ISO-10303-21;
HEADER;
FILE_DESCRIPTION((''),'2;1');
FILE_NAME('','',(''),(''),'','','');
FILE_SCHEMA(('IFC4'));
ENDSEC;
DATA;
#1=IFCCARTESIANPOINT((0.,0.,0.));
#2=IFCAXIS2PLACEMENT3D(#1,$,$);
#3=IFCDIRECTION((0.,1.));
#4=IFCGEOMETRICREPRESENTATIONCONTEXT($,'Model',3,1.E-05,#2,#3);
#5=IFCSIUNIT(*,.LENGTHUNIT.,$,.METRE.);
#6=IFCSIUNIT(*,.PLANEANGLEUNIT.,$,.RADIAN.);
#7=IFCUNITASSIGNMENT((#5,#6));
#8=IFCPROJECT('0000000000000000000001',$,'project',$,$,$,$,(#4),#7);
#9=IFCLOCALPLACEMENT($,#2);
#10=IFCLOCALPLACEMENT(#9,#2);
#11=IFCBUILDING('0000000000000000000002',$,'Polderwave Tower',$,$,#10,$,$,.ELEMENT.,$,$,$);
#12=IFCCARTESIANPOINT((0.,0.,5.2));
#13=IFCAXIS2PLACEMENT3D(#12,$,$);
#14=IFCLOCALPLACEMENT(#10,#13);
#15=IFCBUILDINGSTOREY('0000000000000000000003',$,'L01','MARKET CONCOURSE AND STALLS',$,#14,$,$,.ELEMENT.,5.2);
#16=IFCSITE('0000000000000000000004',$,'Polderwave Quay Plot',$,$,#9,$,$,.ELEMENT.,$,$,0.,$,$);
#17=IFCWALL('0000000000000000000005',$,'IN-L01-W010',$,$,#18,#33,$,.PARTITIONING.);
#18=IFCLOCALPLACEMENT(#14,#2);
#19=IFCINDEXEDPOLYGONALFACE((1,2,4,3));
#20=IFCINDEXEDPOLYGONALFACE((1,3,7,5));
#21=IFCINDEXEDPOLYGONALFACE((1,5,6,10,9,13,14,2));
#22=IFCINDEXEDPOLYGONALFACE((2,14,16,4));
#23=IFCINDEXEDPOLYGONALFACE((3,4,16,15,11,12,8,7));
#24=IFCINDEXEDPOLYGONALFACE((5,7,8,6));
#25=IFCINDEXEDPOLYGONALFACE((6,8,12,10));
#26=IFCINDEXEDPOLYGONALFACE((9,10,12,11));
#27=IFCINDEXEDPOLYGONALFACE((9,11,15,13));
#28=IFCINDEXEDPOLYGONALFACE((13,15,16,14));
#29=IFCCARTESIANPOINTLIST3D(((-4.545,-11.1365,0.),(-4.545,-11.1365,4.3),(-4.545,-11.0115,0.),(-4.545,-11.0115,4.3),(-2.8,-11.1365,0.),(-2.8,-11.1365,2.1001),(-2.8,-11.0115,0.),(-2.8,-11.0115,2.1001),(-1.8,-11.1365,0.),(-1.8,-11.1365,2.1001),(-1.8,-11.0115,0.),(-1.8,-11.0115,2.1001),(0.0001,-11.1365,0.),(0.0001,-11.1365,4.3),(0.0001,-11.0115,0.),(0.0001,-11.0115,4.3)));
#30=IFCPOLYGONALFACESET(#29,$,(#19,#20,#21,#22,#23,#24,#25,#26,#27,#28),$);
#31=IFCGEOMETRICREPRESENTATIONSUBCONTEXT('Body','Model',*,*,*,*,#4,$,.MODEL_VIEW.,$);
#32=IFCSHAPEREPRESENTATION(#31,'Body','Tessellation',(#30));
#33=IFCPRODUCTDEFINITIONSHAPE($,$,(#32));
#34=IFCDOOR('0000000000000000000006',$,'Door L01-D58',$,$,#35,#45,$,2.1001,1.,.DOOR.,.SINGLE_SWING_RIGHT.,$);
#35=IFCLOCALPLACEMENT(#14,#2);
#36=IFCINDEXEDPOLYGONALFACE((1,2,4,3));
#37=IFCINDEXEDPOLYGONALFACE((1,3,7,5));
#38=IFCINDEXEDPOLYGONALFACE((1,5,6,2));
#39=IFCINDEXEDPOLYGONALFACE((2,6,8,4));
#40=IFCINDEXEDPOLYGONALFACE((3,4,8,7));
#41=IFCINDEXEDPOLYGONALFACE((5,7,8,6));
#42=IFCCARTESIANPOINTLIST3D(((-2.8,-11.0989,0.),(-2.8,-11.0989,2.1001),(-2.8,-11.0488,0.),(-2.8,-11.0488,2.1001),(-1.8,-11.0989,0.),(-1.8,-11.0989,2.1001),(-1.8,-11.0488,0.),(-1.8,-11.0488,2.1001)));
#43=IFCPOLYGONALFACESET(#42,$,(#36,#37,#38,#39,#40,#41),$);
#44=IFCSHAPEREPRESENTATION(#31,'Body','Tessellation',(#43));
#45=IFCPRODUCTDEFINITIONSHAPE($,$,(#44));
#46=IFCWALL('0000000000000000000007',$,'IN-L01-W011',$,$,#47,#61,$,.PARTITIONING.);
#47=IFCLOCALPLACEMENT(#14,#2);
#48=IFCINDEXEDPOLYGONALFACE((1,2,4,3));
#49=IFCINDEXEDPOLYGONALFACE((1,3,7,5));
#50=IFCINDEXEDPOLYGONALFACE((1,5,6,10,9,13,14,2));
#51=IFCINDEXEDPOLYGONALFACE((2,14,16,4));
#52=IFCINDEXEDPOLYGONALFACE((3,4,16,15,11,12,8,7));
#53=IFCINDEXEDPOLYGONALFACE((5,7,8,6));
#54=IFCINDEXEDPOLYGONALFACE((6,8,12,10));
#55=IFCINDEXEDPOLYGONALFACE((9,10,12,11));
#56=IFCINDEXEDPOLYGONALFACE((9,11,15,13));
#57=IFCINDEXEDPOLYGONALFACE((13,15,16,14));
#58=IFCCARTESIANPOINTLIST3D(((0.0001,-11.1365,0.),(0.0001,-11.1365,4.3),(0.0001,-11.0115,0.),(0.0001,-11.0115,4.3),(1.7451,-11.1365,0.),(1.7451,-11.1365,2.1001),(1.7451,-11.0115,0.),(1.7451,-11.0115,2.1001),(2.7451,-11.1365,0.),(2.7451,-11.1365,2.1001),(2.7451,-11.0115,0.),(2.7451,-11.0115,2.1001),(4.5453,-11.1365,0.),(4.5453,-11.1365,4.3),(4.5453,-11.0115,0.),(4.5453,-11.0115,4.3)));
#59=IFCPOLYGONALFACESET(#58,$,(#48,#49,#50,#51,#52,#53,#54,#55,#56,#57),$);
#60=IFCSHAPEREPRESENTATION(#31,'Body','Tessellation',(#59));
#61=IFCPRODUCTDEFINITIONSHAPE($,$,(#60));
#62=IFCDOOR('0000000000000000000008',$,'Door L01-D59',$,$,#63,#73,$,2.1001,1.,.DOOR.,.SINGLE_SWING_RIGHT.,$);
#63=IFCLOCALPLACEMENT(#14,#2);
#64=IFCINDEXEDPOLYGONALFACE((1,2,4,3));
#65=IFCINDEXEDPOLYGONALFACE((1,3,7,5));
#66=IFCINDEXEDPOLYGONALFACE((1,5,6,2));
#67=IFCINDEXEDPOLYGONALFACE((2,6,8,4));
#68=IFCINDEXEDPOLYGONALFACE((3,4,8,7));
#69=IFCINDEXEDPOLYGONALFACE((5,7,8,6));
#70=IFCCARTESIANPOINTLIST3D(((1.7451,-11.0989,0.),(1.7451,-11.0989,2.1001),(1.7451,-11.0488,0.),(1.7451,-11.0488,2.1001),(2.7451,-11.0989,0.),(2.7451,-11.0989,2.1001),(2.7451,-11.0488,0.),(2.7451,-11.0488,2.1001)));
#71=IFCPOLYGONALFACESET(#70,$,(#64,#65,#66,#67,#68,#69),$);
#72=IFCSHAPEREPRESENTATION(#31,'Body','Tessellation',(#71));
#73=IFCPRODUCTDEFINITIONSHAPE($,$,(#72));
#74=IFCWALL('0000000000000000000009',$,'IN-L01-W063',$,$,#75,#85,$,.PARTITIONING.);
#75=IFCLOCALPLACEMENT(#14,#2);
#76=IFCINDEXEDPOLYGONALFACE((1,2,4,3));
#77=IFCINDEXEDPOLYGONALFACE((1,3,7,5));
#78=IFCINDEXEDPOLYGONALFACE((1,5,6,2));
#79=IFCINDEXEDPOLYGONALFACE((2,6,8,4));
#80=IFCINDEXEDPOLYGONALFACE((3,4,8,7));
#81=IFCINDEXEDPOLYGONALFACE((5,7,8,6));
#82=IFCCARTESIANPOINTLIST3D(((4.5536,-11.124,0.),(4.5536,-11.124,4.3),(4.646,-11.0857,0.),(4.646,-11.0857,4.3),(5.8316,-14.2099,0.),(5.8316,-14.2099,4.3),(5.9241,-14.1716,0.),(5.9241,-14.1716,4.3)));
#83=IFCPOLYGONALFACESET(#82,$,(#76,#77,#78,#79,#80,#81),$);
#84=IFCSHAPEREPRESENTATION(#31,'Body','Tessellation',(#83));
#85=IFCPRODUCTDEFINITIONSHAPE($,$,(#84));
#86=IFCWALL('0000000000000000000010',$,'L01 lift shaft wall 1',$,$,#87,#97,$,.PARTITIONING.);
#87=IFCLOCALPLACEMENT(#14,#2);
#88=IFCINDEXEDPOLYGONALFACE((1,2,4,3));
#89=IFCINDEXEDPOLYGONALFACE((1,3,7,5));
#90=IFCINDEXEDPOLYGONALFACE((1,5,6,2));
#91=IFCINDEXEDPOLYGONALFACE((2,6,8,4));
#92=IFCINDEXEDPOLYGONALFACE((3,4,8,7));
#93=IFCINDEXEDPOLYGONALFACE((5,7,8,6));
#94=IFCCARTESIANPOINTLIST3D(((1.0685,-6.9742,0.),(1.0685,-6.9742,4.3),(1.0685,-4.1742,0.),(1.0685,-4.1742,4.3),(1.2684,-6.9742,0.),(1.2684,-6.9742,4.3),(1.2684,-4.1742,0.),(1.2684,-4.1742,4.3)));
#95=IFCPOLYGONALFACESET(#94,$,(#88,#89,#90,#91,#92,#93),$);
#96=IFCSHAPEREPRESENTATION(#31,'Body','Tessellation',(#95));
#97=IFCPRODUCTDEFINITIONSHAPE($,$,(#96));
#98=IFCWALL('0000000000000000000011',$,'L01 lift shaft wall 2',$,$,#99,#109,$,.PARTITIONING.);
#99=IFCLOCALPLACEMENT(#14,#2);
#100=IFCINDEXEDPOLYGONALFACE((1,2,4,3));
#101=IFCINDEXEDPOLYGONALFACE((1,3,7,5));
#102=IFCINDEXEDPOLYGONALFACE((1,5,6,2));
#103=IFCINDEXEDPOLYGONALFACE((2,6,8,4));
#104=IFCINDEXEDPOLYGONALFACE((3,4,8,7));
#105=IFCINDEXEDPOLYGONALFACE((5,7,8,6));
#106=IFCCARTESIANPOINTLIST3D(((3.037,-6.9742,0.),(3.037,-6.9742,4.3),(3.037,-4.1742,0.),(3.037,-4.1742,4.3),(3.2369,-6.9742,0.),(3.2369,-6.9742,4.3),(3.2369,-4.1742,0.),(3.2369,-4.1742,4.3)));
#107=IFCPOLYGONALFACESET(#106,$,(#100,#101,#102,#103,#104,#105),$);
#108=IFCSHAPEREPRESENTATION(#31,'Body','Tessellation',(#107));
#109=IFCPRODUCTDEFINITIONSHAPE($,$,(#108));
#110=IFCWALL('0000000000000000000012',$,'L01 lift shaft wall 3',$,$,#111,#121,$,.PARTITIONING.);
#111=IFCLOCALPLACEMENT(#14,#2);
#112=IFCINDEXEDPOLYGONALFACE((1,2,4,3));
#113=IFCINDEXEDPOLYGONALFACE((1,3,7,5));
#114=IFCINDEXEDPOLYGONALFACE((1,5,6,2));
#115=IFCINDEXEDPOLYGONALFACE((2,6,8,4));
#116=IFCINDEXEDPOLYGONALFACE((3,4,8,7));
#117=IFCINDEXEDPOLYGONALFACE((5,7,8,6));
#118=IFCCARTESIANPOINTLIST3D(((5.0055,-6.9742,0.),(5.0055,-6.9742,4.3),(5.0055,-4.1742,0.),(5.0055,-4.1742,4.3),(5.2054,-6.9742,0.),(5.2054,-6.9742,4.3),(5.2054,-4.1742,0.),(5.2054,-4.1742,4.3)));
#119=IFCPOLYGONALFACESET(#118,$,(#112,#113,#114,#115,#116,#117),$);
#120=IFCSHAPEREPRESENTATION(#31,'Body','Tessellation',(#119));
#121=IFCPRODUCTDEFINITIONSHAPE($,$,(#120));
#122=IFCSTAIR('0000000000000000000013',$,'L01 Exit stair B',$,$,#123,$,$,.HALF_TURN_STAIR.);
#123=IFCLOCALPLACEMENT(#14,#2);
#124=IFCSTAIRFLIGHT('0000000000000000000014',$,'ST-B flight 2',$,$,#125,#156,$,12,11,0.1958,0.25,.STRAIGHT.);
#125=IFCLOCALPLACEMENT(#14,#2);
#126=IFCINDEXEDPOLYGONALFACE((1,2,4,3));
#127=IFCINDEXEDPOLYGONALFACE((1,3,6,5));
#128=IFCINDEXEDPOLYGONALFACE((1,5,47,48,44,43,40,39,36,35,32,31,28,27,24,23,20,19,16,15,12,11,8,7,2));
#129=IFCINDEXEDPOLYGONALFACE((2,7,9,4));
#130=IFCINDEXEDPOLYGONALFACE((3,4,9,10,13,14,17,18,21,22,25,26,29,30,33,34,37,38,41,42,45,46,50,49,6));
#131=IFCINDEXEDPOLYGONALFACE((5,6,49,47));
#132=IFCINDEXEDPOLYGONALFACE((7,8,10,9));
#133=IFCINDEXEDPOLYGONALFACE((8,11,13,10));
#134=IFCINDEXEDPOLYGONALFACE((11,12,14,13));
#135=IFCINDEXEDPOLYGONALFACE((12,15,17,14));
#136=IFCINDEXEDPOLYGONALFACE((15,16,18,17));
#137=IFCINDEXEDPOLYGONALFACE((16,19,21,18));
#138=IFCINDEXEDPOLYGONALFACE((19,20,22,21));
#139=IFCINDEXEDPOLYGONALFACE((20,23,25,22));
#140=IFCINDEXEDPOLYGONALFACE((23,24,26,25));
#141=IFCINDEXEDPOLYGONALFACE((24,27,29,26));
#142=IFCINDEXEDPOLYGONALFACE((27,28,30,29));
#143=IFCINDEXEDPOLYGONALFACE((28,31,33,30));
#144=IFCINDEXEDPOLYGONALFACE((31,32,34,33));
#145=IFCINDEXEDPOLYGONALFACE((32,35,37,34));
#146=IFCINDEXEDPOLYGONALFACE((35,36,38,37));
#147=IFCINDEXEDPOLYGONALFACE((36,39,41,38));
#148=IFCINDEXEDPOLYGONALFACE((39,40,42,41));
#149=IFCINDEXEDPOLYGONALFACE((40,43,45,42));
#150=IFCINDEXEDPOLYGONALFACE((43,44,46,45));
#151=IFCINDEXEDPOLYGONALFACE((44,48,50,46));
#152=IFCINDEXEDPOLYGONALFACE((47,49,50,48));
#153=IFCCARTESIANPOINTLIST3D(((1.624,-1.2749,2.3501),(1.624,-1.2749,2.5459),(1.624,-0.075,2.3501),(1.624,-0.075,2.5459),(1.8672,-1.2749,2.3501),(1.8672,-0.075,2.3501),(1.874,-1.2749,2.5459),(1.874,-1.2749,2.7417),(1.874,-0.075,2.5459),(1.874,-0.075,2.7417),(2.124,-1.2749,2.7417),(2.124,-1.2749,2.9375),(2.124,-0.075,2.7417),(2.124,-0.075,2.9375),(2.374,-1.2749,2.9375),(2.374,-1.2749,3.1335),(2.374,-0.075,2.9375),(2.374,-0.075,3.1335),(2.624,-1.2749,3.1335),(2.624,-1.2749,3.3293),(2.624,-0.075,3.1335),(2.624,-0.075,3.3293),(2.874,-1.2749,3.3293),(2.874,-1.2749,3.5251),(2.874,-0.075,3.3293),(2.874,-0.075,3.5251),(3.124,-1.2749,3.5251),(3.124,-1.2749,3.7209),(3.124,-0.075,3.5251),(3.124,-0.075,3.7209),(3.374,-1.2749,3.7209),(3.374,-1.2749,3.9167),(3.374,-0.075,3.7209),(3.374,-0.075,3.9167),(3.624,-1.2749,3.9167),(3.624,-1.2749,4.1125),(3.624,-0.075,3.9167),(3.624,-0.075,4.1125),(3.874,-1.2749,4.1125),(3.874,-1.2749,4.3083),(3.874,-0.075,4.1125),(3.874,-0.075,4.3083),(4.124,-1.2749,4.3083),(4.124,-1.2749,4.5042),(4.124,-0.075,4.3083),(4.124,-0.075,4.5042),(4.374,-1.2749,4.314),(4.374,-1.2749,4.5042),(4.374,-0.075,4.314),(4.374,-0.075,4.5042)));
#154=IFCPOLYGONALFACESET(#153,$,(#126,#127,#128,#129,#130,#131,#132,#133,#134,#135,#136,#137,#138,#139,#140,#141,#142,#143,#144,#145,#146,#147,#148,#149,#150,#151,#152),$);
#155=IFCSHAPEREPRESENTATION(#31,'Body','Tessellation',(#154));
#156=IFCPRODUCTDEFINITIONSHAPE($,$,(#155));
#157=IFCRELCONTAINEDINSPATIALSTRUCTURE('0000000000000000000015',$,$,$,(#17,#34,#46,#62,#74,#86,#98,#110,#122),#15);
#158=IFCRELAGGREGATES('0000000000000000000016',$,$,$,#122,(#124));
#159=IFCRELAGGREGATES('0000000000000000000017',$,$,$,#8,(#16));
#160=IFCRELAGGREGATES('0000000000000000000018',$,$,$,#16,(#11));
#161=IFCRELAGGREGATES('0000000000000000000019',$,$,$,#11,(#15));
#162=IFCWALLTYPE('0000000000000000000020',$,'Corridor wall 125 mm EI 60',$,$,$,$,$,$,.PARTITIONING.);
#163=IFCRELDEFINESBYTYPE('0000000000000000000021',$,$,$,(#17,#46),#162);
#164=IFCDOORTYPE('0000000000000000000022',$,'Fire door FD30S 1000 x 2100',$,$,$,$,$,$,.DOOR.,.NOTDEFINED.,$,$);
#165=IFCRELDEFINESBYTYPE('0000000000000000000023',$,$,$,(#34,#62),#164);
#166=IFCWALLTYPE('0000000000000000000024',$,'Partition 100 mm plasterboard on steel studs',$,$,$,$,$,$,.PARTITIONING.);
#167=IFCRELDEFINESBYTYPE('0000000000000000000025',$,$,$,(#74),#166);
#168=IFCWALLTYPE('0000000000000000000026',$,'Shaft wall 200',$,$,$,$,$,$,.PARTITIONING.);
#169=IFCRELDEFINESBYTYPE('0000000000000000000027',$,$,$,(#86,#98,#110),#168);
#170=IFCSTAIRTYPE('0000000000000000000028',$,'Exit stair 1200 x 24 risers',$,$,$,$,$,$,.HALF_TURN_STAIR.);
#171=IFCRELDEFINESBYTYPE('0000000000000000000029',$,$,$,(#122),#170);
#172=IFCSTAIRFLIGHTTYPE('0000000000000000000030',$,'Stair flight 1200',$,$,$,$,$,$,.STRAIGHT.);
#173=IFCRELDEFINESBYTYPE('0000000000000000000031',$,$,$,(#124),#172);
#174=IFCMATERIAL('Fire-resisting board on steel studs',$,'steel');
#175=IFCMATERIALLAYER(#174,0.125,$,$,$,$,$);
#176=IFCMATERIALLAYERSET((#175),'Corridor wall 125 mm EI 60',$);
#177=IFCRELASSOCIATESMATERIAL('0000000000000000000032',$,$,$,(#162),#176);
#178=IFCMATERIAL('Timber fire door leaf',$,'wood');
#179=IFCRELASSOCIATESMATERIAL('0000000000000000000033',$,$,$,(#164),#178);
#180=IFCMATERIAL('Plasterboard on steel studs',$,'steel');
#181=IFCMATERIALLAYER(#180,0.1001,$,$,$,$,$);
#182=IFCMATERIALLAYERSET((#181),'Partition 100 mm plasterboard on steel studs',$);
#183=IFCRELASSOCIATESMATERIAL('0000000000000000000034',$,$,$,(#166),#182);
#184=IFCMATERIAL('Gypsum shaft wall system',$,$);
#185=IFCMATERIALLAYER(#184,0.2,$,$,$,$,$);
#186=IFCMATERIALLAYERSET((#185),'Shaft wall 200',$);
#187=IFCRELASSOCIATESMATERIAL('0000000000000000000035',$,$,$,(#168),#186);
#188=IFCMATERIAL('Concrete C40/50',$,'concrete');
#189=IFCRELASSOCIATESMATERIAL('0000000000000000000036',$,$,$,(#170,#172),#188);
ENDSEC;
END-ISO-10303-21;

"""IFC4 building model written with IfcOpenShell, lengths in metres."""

from ifc_helpers import new_model, si_unit, direction, frame, frame_2d, origin, place, context, subcontext, project, spatial, polyline, rectangle, outline, extrude, material, layer, layer_set, type_object, element, fill, aggregate, save


model = new_model("IFC4")

# Units and contexts
model_context = context("Model", 3, precision=1e-05, world=origin(), true_north=direction((0.0, 1.0)))
body_context = subcontext(model_context, "Body", "Model", "MODEL_VIEW")
ifc_project = project(units=[si_unit("LENGTHUNIT", "METRE"), si_unit("PLANEANGLEUNIT", "RADIAN")], contexts=[model_context])

# Site, building, storey
site_placement = place(None, origin())
site = spatial("IfcSite", under=ifc_project, at=site_placement, Name="Polderwave Quay Plot", CompositionType="ELEMENT", RefElevation=0.0)
building_placement = place(site_placement, origin())
building = spatial("IfcBuilding", under=site, at=building_placement, Name="Polderwave Tower", CompositionType="ELEMENT")
storey_placement = place(building_placement, frame((0.0, 0.0, 5.2)))
storey = spatial("IfcBuildingStorey", under=building, at=storey_placement, Name="L01", Description="MARKET CONCOURSE AND STALLS", CompositionType="ELEMENT", Elevation=5.2)

# Walls, openings, doors
ifc_material_1 = material(Name="Fire-resisting board on steel studs", Category="steel")
ifc_layer_1 = layer(ifc_material_1, 0.125)
ifc_layer_set_1 = layer_set([ifc_layer_1], Name="Corridor wall 125 mm EI 60")
wall_type_1 = type_object("IfcWallType", Name="Corridor wall 125 mm EI 60", PredefinedType="PARTITIONING", material=ifc_layer_set_1)
wall_1_placement = place(storey_placement, frame((0.0, -11.074, 0.0), z_axis=(0.0, 0.0, 1.0), x_axis=(-1.0, 0.0, 0.0)))
wall_1 = element("IfcWall", 1, at=wall_1_placement, inside=storey, type_object=wall_type_1, Name="IN-L01-W010", PredefinedType="PARTITIONING", context=body_context, shape_type="SweptSolid", body=[
    extrude(rectangle(XDim=4.5452, YDim=0.125, at=frame_2d((2.2725, 0.0))), origin(), (0.0, 0.0, 1.0), 4.3),
])
opening_1_placement = place(wall_1_placement, frame((1.8, 0.0, 0.0)))
opening_1 = element("IfcOpeningElement", 2, at=opening_1_placement, cuts=wall_1, PredefinedType="OPENING", context=body_context, shape_type="SweptSolid", body=[
    extrude(rectangle(XDim=1.0, YDim=2.1001, at=frame_2d((0.5, 1.05))), frame((0.0, 0.0725, 0.0), z_axis=(0.0, -1.0, 0.0), x_axis=(1.0, 0.0, 0.0)), (0.0, 0.0, 1.0), 0.145),
])
ifc_material_2 = material(Name="Timber fire door leaf", Category="wood")
door_type_1 = type_object("IfcDoorType", Name="Fire door FD30S 1000 x 2100", OperationType="NOTDEFINED", PredefinedType="DOOR", material=ifc_material_2)
door_1_placement = place(opening_1_placement, origin())
door_1 = element("IfcDoor", 3, at=door_1_placement, inside=storey, type_object=door_type_1, Name="Door L01-D58", OperationType="SINGLE_SWING_RIGHT", OverallHeight=2.1001, OverallWidth=1.0, PredefinedType="DOOR", context=body_context, shape_type="SweptSolid", body=[
    extrude(rectangle(XDim=1.0, YDim=2.1001, at=frame_2d((0.5, 1.05))), frame((0.0, 0.0249, 0.0), z_axis=(0.0, -1.0, 0.0), x_axis=(1.0, 0.0, 0.0)), (0.0, 0.0, 1.0), 0.05),
])
fill(opening_1, door_1)
wall_2_placement = place(storey_placement, frame((4.5452, -11.074, 0.0), z_axis=(0.0, 0.0, 1.0), x_axis=(-1.0, 0.0, 0.0)))
wall_2 = element("IfcWall", 4, at=wall_2_placement, inside=storey, type_object=wall_type_1, Name="IN-L01-W011", PredefinedType="PARTITIONING", context=body_context, shape_type="SweptSolid", body=[
    extrude(rectangle(XDim=4.5452, YDim=0.125, at=frame_2d((2.2725, 0.0))), origin(), (0.0, 0.0, 1.0), 4.3),
])
opening_2_placement = place(wall_2_placement, frame((1.8, 0.0, 0.0)))
opening_2 = element("IfcOpeningElement", 5, at=opening_2_placement, cuts=wall_2, PredefinedType="OPENING", context=body_context, shape_type="SweptSolid", body=[
    extrude(rectangle(XDim=1.0, YDim=2.1001, at=frame_2d((0.5, 1.05))), frame((0.0, 0.0725, 0.0), z_axis=(0.0, -1.0, 0.0), x_axis=(1.0, 0.0, 0.0)), (0.0, 0.0, 1.0), 0.145),
])
door_2_placement = place(opening_2_placement, origin())
door_2 = element("IfcDoor", 6, at=door_2_placement, inside=storey, type_object=door_type_1, Name="Door L01-D59", OperationType="SINGLE_SWING_RIGHT", OverallHeight=2.1001, OverallWidth=1.0, PredefinedType="DOOR", context=body_context, shape_type="SweptSolid", body=[
    extrude(rectangle(XDim=1.0, YDim=2.1001, at=frame_2d((0.5, 1.05))), frame((0.0, 0.0249, 0.0), z_axis=(0.0, -1.0, 0.0), x_axis=(1.0, 0.0, 0.0)), (0.0, 0.0, 1.0), 0.05),
])
fill(opening_2, door_2)

# Walls
ifc_material_3 = material(Name="Plasterboard on steel studs", Category="steel")
ifc_layer_2 = layer(ifc_material_3, 0.1001)
ifc_layer_set_2 = layer_set([ifc_layer_2], Name="Partition 100 mm plasterboard on steel studs")
wall_type_2 = type_object("IfcWallType", Name="Partition 100 mm plasterboard on steel studs", PredefinedType="PARTITIONING", material=ifc_layer_set_2)
wall_3_placement = place(storey_placement, frame((4.5999, -11.105, 0.0), z_axis=(0.0, 0.0, 1.0), x_axis=(0.382642, -0.923897, 0.0)))
element("IfcWall", 7, at=wall_3_placement, inside=storey, type_object=wall_type_2, Name="IN-L01-W063", PredefinedType="PARTITIONING", context=body_context, shape_type="SweptSolid", body=[
    extrude(rectangle(XDim=3.3401, YDim=0.1001, at=frame_2d((1.6699, 0.0))), origin(), (0.0, 0.0, 1.0), 4.3),
])
ifc_material_4 = material(Name="Gypsum shaft wall system")
ifc_layer_3 = layer(ifc_material_4, 0.2)
ifc_layer_set_3 = layer_set([ifc_layer_3], Name="Shaft wall 200")
wall_type_3 = type_object("IfcWallType", Name="Shaft wall 200", PredefinedType="PARTITIONING", material=ifc_layer_set_3)
for number, where, z_axis, x_axis, name in (
    (8, (1.1685, -6.9741, 0.0), (0.0, 0.0, 1.0), (0.0, 1.0, 0.0), "L01 lift shaft wall 1"),
    (9, (3.137, -6.9741, 0.0), (0.0, 0.0, 1.0), (0.0, 1.0, 0.0), "L01 lift shaft wall 2"),
    (10, (5.1055, -6.9741, 0.0), (0.0, 0.0, 1.0), (0.0, 1.0, 0.0), "L01 lift shaft wall 3"),
):
    element("IfcWall", number, at=place(storey_placement, frame(where, z_axis=z_axis, x_axis=x_axis)), inside=storey, type_object=wall_type_3, Name=name, PredefinedType="PARTITIONING", context=body_context, shape_type="SweptSolid", body=[
        extrude(rectangle(XDim=2.8, YDim=0.2, at=frame_2d((1.3999, 0.0))), origin(), (0.0, 0.0, 1.0), 4.3),
    ])

# Stair, stair flight
ifc_material_5 = material(Name="Concrete C40/50", Category="concrete")
stair_type = type_object("IfcStairType", Name="Exit stair 1200 x 24 risers", PredefinedType="HALF_TURN_STAIR", material=ifc_material_5)
stair_placement = place(storey_placement, origin())
stair = element("IfcStair", 11, at=stair_placement, inside=storey, type_object=stair_type, Name="L01 Exit stair B", PredefinedType="HALF_TURN_STAIR")
stair_flight_type = type_object("IfcStairFlightType", Name="Stair flight 1200", PredefinedType="STRAIGHT", material=ifc_material_5)
stair_flight_placement = place(storey_placement, frame((1.624, -0.675, 2.3501), z_axis=(0.0, 0.0, 1.0), x_axis=(1.0, 0.0, 0.0)))
stair_flight = element("IfcStairFlight", 12, at=stair_flight_placement, type_object=stair_flight_type, Name="ST-B flight 2", NumberOfRisers=12, NumberOfTreads=11, PredefinedType="STRAIGHT", RiserHeight=0.1958, TreadLength=0.25, context=body_context, shape_type="SweptSolid", body=[
    extrude(outline(polyline([(0.0, 0.0), (0.0, 0.1958), (0.25, 0.1958), (0.25, 0.3916), (0.5, 0.3916), (0.5, 0.5874), (0.75, 0.5874), (0.75, 0.7834), (1.0, 0.7834), (1.0, 0.9792), (1.25, 0.9792), (1.25, 1.175), (1.5, 1.175), (1.5, 1.3708), (1.75, 1.3708), (1.75, 1.5667), (2.0, 1.5667), (2.0, 1.7625), (2.25, 1.7625), (2.25, 1.9583), (2.5, 1.9583), (2.5, 2.1541), (2.75, 2.1541), (2.75, 2.3501), (2.75, 1.9639), (0.2432, 0.0), (0.0, 0.0)])), frame((0.0, 0.6001, 0.0), z_axis=(0.0, -1.0, 0.0), x_axis=(1.0, 0.0, 0.0)), (0.0, 0.0, 1.0), 1.2),
])
aggregate(stair, [stair_flight])

save(model, "model.ifc")
